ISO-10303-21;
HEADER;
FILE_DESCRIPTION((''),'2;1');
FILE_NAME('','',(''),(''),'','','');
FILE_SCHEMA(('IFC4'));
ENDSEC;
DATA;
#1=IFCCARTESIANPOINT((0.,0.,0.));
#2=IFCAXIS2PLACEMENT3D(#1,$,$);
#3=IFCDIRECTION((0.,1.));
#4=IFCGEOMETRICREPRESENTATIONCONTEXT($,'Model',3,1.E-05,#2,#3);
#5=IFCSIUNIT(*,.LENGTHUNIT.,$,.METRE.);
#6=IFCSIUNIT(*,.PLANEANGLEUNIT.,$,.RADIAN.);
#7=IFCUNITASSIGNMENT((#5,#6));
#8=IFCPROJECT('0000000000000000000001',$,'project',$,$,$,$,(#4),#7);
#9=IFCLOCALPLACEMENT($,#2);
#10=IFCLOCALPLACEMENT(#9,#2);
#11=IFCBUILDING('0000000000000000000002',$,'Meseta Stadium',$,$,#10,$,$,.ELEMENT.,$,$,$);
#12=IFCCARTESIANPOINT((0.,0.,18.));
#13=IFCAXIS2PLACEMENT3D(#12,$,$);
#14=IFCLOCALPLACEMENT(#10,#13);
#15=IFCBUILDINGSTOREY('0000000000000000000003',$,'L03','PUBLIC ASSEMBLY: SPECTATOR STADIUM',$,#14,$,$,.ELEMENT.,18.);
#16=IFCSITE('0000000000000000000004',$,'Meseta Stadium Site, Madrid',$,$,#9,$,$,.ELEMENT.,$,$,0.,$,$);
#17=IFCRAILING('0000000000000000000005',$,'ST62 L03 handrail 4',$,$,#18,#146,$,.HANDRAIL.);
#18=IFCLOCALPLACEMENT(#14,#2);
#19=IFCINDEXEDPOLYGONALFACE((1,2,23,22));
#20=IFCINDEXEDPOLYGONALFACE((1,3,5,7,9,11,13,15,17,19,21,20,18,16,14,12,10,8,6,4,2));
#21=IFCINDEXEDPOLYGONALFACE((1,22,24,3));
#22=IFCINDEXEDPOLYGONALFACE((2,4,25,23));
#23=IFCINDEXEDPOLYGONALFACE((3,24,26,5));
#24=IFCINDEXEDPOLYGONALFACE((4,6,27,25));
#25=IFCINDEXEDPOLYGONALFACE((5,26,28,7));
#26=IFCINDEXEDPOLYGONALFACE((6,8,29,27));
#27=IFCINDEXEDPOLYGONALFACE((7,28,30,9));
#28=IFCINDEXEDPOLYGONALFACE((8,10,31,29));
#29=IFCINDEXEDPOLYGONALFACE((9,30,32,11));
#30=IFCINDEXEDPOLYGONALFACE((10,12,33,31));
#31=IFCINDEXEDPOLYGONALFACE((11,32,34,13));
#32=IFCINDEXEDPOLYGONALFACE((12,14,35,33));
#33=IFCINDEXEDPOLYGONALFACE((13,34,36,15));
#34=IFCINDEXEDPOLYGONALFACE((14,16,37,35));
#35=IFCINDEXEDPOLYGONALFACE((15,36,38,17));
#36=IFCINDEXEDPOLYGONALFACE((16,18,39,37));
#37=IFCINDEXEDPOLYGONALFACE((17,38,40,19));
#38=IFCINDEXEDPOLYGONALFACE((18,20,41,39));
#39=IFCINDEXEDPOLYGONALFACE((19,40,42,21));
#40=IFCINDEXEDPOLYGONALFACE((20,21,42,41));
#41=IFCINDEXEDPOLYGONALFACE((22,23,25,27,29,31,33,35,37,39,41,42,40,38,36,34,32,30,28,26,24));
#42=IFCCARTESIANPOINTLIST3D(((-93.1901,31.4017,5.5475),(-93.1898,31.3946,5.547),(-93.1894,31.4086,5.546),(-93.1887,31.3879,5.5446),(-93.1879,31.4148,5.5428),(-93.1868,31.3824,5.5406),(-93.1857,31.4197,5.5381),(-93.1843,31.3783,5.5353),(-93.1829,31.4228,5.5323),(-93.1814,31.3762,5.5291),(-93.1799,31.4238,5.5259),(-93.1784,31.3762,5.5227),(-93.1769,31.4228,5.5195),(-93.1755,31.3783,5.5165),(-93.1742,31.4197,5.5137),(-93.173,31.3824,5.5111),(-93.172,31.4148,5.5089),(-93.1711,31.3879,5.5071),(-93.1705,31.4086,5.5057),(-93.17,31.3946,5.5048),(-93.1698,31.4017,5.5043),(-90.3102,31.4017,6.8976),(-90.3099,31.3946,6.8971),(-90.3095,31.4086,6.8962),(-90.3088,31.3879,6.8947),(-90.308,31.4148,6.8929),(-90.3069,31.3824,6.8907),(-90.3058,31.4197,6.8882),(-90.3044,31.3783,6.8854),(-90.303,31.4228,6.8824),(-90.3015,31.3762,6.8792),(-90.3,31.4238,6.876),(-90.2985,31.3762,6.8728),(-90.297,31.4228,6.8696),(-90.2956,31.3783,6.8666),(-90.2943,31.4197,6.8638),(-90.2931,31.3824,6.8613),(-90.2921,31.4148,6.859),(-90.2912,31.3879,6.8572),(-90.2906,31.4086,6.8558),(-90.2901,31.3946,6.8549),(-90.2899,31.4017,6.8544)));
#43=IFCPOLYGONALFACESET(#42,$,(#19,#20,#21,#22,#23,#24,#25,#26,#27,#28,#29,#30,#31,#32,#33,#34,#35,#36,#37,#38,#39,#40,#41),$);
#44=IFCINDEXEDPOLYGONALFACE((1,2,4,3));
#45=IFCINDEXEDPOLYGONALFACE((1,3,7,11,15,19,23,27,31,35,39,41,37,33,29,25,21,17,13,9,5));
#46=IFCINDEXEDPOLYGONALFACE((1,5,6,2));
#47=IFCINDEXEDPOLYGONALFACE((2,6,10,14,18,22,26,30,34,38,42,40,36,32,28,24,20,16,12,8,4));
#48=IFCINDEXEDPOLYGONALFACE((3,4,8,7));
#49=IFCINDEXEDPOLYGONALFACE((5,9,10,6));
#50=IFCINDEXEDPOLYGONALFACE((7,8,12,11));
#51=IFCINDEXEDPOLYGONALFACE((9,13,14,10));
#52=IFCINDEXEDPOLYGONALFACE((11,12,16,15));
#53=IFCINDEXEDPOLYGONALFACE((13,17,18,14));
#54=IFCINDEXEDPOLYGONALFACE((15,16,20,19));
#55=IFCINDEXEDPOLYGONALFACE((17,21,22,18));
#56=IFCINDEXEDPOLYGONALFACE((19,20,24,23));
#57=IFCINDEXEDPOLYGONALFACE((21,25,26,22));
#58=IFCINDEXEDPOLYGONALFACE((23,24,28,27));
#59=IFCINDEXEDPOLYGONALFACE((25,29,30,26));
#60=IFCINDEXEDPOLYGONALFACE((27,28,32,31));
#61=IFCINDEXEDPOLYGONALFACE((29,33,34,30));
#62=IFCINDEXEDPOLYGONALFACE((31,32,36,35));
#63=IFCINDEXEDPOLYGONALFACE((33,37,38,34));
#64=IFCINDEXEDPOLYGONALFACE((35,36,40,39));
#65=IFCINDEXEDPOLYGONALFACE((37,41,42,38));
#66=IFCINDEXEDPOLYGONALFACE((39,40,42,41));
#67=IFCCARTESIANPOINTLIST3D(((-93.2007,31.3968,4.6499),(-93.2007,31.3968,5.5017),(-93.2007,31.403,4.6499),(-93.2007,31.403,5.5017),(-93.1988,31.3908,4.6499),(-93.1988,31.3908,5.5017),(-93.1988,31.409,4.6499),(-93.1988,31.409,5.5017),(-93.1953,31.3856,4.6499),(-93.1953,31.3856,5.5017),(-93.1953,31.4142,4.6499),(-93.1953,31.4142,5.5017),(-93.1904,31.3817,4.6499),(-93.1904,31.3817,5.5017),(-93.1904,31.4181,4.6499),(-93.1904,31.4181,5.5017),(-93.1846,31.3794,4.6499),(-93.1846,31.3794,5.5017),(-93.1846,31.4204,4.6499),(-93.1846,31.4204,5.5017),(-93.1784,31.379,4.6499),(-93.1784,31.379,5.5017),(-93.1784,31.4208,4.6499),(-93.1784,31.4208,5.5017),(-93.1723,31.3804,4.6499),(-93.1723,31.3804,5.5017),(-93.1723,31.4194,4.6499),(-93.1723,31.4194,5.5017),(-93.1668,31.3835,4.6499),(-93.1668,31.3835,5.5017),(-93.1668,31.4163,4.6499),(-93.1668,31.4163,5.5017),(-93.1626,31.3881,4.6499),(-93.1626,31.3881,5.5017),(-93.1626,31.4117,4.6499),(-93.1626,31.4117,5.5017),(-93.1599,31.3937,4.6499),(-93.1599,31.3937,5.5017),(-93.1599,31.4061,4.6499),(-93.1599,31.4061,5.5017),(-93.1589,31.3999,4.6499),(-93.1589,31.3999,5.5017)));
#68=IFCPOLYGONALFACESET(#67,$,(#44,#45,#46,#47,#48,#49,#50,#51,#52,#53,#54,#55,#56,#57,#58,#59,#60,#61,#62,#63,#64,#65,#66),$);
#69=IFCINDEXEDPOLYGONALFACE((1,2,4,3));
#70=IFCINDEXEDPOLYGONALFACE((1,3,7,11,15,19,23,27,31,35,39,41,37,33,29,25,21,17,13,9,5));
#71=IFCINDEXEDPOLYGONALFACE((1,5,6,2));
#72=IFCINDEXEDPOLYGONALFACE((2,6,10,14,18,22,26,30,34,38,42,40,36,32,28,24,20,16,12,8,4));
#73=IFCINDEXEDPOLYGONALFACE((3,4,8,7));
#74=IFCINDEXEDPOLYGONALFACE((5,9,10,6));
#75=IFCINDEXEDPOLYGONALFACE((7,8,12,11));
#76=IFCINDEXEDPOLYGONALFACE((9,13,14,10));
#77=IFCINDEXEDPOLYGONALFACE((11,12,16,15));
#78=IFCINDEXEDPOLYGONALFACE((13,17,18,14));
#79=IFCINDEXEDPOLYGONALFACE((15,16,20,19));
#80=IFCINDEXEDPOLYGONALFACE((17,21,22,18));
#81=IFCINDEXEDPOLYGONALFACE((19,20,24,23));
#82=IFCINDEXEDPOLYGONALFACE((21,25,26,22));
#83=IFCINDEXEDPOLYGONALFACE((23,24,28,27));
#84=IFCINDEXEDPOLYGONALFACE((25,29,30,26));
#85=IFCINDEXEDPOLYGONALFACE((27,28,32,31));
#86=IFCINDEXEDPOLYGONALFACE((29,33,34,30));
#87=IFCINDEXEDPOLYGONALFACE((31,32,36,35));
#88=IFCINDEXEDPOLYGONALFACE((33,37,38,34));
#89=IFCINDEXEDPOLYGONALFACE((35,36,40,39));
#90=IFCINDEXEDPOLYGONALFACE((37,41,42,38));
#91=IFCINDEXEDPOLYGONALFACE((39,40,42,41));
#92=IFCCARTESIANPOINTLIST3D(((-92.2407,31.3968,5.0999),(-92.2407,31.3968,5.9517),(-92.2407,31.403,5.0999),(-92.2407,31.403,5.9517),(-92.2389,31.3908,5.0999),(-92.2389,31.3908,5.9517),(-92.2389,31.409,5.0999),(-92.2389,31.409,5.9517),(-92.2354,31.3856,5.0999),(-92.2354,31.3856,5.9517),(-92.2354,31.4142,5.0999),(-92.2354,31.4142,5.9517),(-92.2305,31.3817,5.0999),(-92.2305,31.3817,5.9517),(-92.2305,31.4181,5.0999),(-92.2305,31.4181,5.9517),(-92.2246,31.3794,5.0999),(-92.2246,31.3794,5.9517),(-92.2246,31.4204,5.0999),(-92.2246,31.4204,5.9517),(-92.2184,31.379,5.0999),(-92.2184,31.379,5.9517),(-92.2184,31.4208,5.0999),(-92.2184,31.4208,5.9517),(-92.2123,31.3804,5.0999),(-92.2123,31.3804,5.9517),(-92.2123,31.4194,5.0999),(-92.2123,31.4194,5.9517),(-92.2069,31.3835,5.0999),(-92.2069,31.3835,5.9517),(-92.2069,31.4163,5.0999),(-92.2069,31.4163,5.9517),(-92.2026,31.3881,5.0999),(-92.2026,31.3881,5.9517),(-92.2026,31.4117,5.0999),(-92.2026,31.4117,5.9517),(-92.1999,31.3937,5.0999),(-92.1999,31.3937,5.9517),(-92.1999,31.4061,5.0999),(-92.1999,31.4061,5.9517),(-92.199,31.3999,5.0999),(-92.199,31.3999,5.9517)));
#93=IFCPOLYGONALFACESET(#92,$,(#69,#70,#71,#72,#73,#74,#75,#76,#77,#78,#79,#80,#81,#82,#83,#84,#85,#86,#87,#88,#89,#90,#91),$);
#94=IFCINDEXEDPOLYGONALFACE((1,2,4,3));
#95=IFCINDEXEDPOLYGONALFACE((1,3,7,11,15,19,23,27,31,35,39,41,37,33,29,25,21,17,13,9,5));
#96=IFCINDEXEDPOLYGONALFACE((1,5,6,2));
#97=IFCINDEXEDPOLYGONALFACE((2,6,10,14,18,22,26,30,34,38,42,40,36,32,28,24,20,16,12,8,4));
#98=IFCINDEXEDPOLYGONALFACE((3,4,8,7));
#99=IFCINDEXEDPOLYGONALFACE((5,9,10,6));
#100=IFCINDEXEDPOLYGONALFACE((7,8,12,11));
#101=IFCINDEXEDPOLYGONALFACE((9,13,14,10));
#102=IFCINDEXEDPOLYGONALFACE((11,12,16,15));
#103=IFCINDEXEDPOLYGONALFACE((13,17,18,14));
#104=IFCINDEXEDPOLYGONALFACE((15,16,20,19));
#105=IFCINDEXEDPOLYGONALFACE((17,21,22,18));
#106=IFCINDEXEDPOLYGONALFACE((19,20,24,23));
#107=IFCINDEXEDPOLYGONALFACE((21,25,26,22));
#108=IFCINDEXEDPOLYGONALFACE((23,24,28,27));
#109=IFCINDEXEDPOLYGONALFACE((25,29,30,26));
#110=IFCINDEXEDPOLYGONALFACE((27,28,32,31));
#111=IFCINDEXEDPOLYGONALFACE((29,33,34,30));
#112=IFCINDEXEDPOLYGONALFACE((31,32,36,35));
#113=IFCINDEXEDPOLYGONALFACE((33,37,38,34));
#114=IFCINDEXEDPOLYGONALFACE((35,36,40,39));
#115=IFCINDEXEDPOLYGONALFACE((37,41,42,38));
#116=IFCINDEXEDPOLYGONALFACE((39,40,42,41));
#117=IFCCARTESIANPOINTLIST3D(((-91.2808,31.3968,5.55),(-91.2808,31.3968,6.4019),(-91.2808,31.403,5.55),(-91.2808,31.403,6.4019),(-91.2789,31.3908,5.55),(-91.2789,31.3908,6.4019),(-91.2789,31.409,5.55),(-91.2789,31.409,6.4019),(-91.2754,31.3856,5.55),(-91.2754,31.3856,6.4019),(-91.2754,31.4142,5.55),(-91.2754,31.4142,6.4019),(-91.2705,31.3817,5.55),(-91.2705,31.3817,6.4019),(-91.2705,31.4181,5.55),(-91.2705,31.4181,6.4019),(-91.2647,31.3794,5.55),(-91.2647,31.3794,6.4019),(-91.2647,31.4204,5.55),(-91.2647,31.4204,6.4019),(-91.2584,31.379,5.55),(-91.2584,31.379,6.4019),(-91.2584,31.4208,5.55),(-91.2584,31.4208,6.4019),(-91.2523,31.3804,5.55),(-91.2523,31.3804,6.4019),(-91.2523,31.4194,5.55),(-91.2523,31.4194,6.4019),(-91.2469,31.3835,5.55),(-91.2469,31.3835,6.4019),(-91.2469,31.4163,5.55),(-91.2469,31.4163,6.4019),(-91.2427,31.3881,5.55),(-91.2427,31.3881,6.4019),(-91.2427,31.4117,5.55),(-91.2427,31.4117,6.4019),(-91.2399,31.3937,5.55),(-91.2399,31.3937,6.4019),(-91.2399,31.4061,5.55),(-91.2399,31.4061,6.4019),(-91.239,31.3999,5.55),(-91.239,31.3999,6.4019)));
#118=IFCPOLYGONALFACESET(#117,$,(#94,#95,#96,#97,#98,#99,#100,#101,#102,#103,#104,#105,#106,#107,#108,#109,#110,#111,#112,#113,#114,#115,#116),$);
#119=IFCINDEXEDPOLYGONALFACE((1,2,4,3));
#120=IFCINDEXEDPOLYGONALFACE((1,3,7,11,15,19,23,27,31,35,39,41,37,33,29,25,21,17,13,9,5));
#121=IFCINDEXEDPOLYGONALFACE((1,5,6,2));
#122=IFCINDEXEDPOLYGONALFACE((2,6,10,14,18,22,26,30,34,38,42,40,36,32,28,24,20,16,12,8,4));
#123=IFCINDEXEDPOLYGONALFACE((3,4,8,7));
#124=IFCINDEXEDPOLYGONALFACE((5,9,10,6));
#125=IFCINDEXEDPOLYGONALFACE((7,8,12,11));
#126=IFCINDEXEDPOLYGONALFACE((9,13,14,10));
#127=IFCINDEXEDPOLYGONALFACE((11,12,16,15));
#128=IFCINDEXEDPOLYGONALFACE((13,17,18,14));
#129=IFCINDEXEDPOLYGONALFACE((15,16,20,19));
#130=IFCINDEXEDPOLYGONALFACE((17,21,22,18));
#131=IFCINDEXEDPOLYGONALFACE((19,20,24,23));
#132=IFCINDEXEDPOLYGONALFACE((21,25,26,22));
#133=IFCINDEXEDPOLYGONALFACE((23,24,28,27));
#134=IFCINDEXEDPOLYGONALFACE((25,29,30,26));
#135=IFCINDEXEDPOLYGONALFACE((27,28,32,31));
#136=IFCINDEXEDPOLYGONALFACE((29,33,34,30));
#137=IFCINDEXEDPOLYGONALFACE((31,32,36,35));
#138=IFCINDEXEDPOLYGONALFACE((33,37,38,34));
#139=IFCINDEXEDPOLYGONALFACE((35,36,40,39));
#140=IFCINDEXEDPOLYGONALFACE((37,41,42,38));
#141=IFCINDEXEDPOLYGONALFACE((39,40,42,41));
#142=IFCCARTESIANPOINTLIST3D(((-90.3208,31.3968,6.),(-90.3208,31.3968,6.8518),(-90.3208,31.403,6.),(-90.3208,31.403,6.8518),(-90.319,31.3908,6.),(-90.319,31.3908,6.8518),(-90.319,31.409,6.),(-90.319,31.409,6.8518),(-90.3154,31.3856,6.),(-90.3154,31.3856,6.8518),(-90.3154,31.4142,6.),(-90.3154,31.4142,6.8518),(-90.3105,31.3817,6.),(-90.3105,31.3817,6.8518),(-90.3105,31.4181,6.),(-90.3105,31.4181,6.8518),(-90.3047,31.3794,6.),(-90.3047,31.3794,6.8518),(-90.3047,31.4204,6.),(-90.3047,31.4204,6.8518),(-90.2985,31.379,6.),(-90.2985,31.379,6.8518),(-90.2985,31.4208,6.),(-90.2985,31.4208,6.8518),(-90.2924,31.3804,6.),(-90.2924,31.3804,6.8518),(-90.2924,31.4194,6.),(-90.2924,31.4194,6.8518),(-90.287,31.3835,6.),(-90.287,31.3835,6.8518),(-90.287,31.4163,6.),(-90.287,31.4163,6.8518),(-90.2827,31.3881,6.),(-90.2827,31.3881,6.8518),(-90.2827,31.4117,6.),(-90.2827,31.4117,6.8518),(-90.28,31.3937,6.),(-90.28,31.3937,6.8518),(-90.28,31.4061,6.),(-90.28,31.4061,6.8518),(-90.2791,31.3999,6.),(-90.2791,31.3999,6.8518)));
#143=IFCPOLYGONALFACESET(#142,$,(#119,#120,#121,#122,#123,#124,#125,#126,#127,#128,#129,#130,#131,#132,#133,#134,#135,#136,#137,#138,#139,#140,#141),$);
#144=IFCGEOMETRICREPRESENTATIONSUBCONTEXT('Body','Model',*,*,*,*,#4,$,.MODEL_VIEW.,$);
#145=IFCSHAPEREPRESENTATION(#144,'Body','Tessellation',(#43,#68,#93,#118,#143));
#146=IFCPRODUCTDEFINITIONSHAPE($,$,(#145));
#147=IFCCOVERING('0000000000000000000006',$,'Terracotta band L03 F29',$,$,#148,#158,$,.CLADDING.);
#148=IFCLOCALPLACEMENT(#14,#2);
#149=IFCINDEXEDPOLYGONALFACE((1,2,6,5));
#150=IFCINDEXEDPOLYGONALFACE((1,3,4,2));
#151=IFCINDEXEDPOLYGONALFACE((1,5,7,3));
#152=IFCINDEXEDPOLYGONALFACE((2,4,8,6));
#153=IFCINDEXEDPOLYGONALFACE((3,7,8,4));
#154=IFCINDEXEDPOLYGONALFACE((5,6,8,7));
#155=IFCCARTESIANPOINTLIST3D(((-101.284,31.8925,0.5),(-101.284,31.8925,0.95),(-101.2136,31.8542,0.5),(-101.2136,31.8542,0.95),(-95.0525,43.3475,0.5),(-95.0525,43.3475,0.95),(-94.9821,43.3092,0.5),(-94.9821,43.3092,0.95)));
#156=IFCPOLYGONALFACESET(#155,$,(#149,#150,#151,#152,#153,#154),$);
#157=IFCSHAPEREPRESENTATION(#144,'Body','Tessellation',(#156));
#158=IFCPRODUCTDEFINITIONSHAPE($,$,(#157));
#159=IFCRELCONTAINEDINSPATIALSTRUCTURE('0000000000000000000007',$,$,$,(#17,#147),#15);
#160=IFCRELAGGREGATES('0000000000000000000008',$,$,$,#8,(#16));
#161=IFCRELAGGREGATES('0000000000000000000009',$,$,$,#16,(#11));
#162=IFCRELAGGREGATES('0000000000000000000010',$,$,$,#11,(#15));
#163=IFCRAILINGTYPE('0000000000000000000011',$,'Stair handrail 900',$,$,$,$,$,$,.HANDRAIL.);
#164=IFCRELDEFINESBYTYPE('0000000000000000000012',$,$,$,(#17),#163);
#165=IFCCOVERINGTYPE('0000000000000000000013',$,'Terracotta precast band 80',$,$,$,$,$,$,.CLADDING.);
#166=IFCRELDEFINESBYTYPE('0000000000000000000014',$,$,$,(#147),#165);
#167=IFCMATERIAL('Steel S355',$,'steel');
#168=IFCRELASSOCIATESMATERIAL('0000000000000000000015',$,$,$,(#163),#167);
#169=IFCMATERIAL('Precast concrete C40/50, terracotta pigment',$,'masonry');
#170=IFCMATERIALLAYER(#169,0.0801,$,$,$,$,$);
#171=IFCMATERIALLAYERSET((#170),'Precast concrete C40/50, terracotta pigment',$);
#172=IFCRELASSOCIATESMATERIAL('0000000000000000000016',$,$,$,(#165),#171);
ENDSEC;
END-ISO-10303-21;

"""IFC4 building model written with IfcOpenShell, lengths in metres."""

from ifc_helpers import new_model, si_unit, direction, frame, origin, origin_2d, place, context, subcontext, project, spatial, rectangle, circle, extrude, material, layer, layer_set, type_object, element, save


model = new_model("IFC4")

# Units and contexts
model_context = context("Model", 3, precision=1e-05, world=origin(), true_north=direction((0.0, 1.0)))
body_context = subcontext(model_context, "Body", "Model", "MODEL_VIEW")
ifc_project = project(units=[si_unit("LENGTHUNIT", "METRE"), si_unit("PLANEANGLEUNIT", "RADIAN")], contexts=[model_context])

# Site, building, storey
site_placement = place(None, origin())
site = spatial("IfcSite", under=ifc_project, at=site_placement, Name="Meseta Stadium Site, Madrid", CompositionType="ELEMENT", RefElevation=0.0)
building_placement = place(site_placement, origin())
building = spatial("IfcBuilding", under=site, at=building_placement, Name="Meseta Stadium", CompositionType="ELEMENT")
storey_placement = place(building_placement, frame((0.0, 0.0, 18.0)))
storey = spatial("IfcBuildingStorey", under=building, at=storey_placement, Name="L03", Description="PUBLIC ASSEMBLY: SPECTATOR STADIUM", CompositionType="ELEMENT", Elevation=18.0)

# Railing
ifc_material_1 = material(Name="Steel S355", Category="steel")
railing_type_1 = type_object("IfcRailingType", Name="Stair handrail 900", PredefinedType="HANDRAIL", material=ifc_material_1)
for number, where, name in (
    (1, (-93.1799, 31.3999, 4.6499), "ST62 L03 handrail 4"),
):
    element("IfcRailing", number, at=place(storey_placement, frame(where)), inside=storey, type_object=railing_type_1, Name=name, PredefinedType="HANDRAIL", context=body_context, shape_type="SweptSolid", body=[
        extrude(circle(Radius=0.0239, at=origin_2d()), frame((0.0, 0.0, 0.876), z_axis=(0.90544, 0.0, 0.424473), x_axis=(0.0, 1.0, 0.0)), (0.0, 0.0, 1.0), 3.1807),
        extrude(circle(Radius=0.021, at=origin_2d()), origin(), (0.0, 0.0, 1.0), 0.8518),
        extrude(circle(Radius=0.021, at=origin_2d()), frame((0.96, 0.0, 0.45)), (0.0, 0.0, 1.0), 0.8518),
        extrude(circle(Radius=0.021, at=origin_2d()), frame((1.9199, 0.0, 0.9001)), (0.0, 0.0, 1.0), 0.8518),
        extrude(circle(Radius=0.021, at=origin_2d()), frame((2.8799, 0.0, 1.3501)), (0.0, 0.0, 1.0), 0.8518),
    ])

# Covering
ifc_material_2 = material(Name="Precast concrete C40/50, terracotta pigment", Category="masonry")
ifc_layer_1 = layer(ifc_material_2, 0.0801)
ifc_layer_set_1 = layer_set([ifc_layer_1], Name="Precast concrete C40/50, terracotta pigment")
covering_type_1 = type_object("IfcCoveringType", Name="Terracotta precast band 80", PredefinedType="CLADDING", material=ifc_layer_set_1)
covering_1_placement = place(storey_placement, frame((-98.1331, 37.6008, 0.5), z_axis=(0.0, 0.0, 1.0), x_axis=(0.477867, 0.878432, 0.0)))
element("IfcCovering", 2, at=covering_1_placement, inside=storey, type_object=covering_type_1, Name="Terracotta band L03 F29", PredefinedType="CLADDING", context=body_context, shape_type="SweptSolid", body=[
    extrude(rectangle(XDim=13.0403, YDim=0.0801, at=origin_2d()), origin(), (0.0, 0.0, 1.0), 0.45),
])

save(model, "model.ifc")
